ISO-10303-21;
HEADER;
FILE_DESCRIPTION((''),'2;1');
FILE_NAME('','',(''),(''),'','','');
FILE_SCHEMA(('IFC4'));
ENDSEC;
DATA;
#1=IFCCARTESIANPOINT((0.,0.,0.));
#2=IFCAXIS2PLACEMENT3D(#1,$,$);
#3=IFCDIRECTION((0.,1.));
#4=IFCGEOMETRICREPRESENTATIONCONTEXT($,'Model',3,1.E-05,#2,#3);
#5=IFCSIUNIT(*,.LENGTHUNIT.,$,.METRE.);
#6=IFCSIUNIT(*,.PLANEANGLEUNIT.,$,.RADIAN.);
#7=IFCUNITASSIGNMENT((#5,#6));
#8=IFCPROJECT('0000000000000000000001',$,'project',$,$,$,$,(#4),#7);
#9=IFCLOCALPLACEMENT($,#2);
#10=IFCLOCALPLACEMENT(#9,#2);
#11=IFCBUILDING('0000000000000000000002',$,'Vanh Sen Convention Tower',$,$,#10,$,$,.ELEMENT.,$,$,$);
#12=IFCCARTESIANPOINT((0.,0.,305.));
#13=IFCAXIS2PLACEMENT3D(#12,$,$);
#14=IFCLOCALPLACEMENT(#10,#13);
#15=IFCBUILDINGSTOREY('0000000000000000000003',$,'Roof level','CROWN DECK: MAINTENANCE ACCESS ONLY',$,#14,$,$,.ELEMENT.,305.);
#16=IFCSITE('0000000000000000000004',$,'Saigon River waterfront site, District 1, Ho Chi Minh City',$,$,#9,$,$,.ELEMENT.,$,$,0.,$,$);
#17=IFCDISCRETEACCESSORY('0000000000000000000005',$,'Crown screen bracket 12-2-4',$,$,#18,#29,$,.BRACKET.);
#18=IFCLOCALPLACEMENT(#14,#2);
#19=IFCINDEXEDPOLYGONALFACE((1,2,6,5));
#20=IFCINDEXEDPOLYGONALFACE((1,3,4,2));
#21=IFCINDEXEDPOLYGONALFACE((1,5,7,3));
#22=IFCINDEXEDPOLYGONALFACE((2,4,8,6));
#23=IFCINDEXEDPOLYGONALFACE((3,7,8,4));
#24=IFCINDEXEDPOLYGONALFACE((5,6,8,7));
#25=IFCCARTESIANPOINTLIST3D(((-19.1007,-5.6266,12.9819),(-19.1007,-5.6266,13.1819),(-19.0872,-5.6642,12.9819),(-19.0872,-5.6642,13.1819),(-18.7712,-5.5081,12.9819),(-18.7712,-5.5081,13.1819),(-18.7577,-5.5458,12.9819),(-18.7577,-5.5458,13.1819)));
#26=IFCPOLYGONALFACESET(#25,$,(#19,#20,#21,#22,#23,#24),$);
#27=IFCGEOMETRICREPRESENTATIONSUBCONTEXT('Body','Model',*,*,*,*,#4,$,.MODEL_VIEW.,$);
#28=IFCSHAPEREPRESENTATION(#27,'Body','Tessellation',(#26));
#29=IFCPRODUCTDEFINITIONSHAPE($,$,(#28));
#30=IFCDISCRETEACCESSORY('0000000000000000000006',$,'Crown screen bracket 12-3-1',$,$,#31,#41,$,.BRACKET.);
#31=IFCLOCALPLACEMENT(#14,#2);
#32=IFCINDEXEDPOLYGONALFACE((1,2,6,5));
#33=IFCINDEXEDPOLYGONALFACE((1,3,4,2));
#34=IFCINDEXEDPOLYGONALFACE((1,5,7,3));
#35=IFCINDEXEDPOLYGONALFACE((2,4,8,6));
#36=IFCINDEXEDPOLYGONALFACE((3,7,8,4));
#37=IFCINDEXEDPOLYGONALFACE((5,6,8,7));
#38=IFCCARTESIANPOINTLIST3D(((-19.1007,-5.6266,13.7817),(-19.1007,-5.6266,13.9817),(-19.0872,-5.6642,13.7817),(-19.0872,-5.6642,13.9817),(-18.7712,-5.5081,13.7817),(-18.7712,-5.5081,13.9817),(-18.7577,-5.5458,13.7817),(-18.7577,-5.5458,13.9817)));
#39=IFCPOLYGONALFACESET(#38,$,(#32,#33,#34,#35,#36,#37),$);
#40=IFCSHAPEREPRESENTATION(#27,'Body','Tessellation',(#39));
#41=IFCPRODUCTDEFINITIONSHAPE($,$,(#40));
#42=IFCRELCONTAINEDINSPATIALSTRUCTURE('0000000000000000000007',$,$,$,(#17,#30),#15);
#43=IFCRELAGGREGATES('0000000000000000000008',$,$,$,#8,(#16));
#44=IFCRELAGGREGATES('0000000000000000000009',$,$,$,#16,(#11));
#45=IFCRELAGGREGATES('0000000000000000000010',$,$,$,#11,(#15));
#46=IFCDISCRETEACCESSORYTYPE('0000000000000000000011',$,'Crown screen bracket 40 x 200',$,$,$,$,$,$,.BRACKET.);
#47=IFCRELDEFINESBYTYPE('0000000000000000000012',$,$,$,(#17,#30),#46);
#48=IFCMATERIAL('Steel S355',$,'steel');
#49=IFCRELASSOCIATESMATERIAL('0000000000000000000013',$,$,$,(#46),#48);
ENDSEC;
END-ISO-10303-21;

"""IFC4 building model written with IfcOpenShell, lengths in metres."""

from ifc_helpers import new_model, si_unit, direction, frame, origin, origin_2d, place, context, subcontext, project, spatial, rectangle, extrude, material, type_object, element, save


model = new_model("IFC4")

# Units and contexts
model_context = context("Model", 3, precision=1e-05, world=origin(), true_north=direction((0.0, 1.0)))
body_context = subcontext(model_context, "Body", "Model", "MODEL_VIEW")
ifc_project = project(units=[si_unit("LENGTHUNIT", "METRE"), si_unit("PLANEANGLEUNIT", "RADIAN")], contexts=[model_context])

# Site, building, storey
site_placement = place(None, origin())
site = spatial("IfcSite", under=ifc_project, at=site_placement, Name="Saigon River waterfront site, District 1, Ho Chi Minh City", CompositionType="ELEMENT", RefElevation=0.0)
building_placement = place(site_placement, origin())
building = spatial("IfcBuilding", under=site, at=building_placement, Name="Vanh Sen Convention Tower", CompositionType="ELEMENT")
storey_placement = place(building_placement, frame((0.0, 0.0, 305.0)))
storey = spatial("IfcBuildingStorey", under=building, at=storey_placement, Name="Roof level", Description="CROWN DECK: MAINTENANCE ACCESS ONLY", CompositionType="ELEMENT", Elevation=305.0)

# Discrete accessories
ifc_material_1 = material(Name="Steel S355", Category="steel")
discrete_accessory_type_1 = type_object("IfcDiscreteAccessoryType", Name="Crown screen bracket 40 x 200", PredefinedType="BRACKET", material=ifc_material_1)
for number, where, z_axis, x_axis, name in (
    (1, (-18.9292, -5.5862, 12.9819), (0.0, 0.0, 1.0), (-0.941021, -0.338349, 0.0), "Crown screen bracket 12-2-4"),
    (2, (-18.9292, -5.5862, 13.7817), (0.0, 0.0, 1.0), (-0.941021, -0.338349, 0.0), "Crown screen bracket 12-3-1"),
):
    element("IfcDiscreteAccessory", number, at=place(storey_placement, frame(where, z_axis=z_axis, x_axis=x_axis)), inside=storey, type_object=discrete_accessory_type_1, Name=name, PredefinedType="BRACKET", context=body_context, shape_type="SweptSolid", body=[
        extrude(rectangle(XDim=0.3501, YDim=0.04, at=origin_2d()), origin(), (0.0, 0.0, 1.0), 0.2),
    ])

save(model, "model.ifc")
